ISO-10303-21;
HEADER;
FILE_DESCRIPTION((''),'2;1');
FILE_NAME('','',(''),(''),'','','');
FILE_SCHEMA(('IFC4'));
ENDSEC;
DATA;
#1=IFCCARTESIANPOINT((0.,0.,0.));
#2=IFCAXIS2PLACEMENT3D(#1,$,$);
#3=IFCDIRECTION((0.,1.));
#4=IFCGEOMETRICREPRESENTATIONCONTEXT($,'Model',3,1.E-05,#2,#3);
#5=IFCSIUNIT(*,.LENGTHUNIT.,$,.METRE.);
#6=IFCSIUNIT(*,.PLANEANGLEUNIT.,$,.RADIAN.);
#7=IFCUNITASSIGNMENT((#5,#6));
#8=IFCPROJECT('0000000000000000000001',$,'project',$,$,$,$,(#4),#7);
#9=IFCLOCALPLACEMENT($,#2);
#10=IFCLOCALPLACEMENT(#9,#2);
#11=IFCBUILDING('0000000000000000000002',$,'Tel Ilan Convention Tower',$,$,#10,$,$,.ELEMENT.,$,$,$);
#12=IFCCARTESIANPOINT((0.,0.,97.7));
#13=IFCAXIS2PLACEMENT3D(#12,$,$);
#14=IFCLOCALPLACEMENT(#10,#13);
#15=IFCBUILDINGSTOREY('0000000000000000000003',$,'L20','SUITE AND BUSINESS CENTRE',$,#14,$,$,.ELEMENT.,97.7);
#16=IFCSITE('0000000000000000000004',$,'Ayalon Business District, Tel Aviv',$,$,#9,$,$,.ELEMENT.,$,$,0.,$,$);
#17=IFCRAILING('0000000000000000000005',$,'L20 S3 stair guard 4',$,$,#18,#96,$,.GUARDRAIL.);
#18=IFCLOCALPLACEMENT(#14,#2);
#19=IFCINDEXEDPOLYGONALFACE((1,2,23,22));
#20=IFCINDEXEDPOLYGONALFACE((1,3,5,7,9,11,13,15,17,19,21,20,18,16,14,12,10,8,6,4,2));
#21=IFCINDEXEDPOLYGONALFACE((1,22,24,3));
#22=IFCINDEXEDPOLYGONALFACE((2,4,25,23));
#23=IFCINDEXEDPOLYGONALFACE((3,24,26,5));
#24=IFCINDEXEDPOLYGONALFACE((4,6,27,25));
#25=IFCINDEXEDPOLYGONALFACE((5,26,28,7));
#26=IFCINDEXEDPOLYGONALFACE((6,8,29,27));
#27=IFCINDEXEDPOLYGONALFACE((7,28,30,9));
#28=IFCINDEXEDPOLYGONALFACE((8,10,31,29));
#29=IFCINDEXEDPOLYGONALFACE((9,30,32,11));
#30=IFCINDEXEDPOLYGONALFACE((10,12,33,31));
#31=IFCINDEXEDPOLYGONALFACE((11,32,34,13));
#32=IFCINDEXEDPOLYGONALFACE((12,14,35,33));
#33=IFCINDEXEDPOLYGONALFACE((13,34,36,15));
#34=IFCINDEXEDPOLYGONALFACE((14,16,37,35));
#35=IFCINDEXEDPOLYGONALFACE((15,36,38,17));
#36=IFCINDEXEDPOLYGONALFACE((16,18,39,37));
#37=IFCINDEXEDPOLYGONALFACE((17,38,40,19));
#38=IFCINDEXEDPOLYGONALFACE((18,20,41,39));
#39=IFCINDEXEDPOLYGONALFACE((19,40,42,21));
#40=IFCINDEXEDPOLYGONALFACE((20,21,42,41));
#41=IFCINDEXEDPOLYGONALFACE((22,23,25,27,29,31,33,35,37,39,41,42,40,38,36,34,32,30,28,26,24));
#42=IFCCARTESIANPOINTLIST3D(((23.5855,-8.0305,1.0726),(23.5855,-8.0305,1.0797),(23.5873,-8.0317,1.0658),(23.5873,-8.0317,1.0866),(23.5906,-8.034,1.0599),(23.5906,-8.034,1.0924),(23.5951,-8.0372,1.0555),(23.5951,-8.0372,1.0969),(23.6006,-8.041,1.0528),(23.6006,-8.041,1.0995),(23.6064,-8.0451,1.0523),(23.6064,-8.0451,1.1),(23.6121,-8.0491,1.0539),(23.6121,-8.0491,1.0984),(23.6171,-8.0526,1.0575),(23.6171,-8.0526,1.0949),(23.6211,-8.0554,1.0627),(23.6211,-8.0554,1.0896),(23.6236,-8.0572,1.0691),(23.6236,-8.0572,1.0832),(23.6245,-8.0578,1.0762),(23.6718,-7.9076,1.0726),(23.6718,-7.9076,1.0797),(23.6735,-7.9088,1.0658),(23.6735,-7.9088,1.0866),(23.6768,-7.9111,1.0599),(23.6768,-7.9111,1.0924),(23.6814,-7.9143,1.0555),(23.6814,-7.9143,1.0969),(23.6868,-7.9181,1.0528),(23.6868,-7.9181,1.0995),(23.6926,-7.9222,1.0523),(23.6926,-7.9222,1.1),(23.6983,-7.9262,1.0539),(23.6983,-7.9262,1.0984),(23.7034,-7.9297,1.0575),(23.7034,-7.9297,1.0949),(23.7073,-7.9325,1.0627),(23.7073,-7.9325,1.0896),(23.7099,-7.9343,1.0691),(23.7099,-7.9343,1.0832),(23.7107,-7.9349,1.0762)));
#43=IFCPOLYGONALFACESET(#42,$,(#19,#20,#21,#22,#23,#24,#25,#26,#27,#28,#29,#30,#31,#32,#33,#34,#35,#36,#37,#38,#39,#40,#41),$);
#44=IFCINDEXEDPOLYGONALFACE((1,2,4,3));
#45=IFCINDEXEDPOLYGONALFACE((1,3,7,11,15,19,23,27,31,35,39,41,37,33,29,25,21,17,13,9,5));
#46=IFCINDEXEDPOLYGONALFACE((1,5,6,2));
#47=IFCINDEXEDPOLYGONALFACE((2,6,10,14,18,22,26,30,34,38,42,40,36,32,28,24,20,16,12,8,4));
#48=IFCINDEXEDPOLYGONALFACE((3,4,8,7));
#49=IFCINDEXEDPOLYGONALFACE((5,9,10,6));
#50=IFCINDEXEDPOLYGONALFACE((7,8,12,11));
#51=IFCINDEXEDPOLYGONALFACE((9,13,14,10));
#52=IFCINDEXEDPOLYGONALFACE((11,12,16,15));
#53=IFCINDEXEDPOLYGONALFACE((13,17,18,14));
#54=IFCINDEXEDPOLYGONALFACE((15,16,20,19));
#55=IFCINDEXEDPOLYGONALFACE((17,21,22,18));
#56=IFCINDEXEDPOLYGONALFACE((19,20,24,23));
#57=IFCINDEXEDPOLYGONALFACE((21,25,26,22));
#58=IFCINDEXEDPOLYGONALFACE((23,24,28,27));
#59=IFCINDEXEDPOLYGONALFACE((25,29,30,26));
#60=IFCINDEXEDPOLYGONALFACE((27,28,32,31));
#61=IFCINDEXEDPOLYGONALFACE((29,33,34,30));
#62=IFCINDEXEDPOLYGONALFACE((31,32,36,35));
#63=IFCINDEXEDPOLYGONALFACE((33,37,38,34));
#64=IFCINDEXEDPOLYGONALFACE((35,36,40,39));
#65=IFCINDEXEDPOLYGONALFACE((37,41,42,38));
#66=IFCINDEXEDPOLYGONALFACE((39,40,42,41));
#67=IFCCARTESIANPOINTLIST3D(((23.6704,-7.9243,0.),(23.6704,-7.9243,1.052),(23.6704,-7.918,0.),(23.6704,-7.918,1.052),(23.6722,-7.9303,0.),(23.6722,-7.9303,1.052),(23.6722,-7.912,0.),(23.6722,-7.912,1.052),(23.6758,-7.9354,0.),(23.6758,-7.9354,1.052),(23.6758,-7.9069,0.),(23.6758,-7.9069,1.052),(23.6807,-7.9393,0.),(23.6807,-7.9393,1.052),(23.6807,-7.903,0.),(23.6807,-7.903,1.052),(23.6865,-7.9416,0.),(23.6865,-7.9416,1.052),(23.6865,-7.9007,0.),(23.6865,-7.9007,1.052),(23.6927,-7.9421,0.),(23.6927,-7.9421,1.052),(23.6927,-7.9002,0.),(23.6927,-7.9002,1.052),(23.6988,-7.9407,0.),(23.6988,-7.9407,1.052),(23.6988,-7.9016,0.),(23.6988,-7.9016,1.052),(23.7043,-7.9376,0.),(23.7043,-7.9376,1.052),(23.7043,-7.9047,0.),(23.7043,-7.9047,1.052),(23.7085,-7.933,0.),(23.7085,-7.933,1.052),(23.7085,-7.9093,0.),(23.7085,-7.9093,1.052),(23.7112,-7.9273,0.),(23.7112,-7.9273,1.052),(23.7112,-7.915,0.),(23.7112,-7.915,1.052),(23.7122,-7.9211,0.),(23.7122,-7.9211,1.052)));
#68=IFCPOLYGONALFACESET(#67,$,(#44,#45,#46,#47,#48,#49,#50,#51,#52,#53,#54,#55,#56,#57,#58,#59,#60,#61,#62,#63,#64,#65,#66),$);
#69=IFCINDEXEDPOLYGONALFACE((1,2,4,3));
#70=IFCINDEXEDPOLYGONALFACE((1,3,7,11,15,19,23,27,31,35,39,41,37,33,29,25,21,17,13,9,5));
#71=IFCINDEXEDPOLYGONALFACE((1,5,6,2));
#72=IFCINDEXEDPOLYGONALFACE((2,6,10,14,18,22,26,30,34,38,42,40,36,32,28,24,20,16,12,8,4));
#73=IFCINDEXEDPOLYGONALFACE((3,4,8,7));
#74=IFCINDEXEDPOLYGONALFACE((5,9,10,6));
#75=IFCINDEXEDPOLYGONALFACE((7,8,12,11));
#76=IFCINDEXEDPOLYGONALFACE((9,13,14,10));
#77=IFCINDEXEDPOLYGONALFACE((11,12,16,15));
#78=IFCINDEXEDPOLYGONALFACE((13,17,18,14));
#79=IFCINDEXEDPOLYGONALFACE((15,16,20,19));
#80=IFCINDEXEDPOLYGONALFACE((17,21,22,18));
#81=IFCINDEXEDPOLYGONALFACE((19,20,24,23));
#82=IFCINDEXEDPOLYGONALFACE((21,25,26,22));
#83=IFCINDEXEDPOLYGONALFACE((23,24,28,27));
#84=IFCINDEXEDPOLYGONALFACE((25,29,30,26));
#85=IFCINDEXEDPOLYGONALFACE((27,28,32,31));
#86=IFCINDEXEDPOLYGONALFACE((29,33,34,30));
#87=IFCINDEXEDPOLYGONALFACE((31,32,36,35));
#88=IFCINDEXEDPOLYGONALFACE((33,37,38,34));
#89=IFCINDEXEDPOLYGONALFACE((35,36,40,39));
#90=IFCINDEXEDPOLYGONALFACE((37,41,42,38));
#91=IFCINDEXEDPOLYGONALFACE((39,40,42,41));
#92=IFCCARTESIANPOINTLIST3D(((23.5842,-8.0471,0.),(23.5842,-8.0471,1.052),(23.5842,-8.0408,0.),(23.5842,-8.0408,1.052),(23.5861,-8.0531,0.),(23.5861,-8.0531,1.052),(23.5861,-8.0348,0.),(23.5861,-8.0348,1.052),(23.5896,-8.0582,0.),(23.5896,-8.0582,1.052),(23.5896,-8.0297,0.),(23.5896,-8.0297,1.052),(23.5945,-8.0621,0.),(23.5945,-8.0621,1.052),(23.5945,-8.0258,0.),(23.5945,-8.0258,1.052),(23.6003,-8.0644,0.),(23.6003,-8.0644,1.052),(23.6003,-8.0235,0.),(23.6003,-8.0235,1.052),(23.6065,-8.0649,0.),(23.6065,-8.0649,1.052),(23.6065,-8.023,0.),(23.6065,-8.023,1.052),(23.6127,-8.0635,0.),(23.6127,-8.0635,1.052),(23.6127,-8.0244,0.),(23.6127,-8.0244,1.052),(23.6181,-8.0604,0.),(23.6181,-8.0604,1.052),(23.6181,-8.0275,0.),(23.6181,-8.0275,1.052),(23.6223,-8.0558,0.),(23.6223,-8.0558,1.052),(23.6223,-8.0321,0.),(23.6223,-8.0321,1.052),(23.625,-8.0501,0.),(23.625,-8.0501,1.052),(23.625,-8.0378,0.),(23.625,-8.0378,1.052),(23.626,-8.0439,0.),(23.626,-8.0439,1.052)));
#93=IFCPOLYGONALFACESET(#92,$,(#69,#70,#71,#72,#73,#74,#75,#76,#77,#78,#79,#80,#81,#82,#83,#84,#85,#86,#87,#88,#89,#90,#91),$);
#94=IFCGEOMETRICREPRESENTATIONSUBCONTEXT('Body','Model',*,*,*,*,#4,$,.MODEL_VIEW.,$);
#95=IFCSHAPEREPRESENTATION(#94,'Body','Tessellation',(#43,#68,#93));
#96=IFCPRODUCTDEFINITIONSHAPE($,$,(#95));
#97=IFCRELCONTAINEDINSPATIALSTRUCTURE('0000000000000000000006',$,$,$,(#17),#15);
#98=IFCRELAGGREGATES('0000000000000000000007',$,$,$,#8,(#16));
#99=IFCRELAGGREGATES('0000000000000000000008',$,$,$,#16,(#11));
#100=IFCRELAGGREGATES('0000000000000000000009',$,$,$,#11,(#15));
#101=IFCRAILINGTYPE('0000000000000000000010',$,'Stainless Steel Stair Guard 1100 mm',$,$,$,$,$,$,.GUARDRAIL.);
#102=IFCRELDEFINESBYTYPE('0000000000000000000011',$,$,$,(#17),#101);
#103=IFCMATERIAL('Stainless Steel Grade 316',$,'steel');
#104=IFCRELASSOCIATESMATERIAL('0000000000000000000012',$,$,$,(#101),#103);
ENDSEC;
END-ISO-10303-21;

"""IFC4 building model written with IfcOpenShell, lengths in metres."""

from ifc_helpers import new_model, si_unit, direction, frame, origin, origin_2d, place, context, subcontext, project, spatial, circle, extrude, material, type_object, element, save


model = new_model("IFC4")

# Units and contexts
model_context = context("Model", 3, precision=1e-05, world=origin(), true_north=direction((0.0, 1.0)))
body_context = subcontext(model_context, "Body", "Model", "MODEL_VIEW")
ifc_project = project(units=[si_unit("LENGTHUNIT", "METRE"), si_unit("PLANEANGLEUNIT", "RADIAN")], contexts=[model_context])

# Site, building, storey
site_placement = place(None, origin())
site = spatial("IfcSite", under=ifc_project, at=site_placement, Name="Ayalon Business District, Tel Aviv", CompositionType="ELEMENT", RefElevation=0.0)
building_placement = place(site_placement, origin())
building = spatial("IfcBuilding", under=site, at=building_placement, Name="Tel Ilan Convention Tower", CompositionType="ELEMENT")
storey_placement = place(building_placement, frame((0.0, 0.0, 97.7)))
storey = spatial("IfcBuildingStorey", under=building, at=storey_placement, Name="L20", Description="SUITE AND BUSINESS CENTRE", CompositionType="ELEMENT", Elevation=97.7)

# Railing
ifc_material_1 = material(Name="Stainless Steel Grade 316", Category="steel")
railing_type_1 = type_object("IfcRailingType", Name="Stainless Steel Stair Guard 1100 mm", PredefinedType="GUARDRAIL", material=ifc_material_1)
railing_1_placement = place(storey_placement, frame((23.6912, -7.9211, 0.0)))
element("IfcRailing", 1, at=railing_1_placement, inside=storey, type_object=railing_type_1, Name="L20 S3 stair guard 4", PredefinedType="GUARDRAIL", context=body_context, shape_type="SweptSolid", body=[
    extrude(circle(Radius=0.0239, at=origin_2d()), frame((0.0, 0.0, 1.0762), z_axis=(-0.574445, -0.818543, 0.0), x_axis=(0.818543, -0.574445, 0.0)), (0.0, 0.0, 1.0), 0.1501),
    extrude(circle(Radius=0.021, at=origin_2d()), origin(), (0.0, 0.0, 1.0), 1.052),
    extrude(circle(Radius=0.021, at=origin_2d()), frame((-0.0862, -0.1228, 0.0)), (0.0, 0.0, 1.0), 1.052),
])

save(model, "model.ifc")
